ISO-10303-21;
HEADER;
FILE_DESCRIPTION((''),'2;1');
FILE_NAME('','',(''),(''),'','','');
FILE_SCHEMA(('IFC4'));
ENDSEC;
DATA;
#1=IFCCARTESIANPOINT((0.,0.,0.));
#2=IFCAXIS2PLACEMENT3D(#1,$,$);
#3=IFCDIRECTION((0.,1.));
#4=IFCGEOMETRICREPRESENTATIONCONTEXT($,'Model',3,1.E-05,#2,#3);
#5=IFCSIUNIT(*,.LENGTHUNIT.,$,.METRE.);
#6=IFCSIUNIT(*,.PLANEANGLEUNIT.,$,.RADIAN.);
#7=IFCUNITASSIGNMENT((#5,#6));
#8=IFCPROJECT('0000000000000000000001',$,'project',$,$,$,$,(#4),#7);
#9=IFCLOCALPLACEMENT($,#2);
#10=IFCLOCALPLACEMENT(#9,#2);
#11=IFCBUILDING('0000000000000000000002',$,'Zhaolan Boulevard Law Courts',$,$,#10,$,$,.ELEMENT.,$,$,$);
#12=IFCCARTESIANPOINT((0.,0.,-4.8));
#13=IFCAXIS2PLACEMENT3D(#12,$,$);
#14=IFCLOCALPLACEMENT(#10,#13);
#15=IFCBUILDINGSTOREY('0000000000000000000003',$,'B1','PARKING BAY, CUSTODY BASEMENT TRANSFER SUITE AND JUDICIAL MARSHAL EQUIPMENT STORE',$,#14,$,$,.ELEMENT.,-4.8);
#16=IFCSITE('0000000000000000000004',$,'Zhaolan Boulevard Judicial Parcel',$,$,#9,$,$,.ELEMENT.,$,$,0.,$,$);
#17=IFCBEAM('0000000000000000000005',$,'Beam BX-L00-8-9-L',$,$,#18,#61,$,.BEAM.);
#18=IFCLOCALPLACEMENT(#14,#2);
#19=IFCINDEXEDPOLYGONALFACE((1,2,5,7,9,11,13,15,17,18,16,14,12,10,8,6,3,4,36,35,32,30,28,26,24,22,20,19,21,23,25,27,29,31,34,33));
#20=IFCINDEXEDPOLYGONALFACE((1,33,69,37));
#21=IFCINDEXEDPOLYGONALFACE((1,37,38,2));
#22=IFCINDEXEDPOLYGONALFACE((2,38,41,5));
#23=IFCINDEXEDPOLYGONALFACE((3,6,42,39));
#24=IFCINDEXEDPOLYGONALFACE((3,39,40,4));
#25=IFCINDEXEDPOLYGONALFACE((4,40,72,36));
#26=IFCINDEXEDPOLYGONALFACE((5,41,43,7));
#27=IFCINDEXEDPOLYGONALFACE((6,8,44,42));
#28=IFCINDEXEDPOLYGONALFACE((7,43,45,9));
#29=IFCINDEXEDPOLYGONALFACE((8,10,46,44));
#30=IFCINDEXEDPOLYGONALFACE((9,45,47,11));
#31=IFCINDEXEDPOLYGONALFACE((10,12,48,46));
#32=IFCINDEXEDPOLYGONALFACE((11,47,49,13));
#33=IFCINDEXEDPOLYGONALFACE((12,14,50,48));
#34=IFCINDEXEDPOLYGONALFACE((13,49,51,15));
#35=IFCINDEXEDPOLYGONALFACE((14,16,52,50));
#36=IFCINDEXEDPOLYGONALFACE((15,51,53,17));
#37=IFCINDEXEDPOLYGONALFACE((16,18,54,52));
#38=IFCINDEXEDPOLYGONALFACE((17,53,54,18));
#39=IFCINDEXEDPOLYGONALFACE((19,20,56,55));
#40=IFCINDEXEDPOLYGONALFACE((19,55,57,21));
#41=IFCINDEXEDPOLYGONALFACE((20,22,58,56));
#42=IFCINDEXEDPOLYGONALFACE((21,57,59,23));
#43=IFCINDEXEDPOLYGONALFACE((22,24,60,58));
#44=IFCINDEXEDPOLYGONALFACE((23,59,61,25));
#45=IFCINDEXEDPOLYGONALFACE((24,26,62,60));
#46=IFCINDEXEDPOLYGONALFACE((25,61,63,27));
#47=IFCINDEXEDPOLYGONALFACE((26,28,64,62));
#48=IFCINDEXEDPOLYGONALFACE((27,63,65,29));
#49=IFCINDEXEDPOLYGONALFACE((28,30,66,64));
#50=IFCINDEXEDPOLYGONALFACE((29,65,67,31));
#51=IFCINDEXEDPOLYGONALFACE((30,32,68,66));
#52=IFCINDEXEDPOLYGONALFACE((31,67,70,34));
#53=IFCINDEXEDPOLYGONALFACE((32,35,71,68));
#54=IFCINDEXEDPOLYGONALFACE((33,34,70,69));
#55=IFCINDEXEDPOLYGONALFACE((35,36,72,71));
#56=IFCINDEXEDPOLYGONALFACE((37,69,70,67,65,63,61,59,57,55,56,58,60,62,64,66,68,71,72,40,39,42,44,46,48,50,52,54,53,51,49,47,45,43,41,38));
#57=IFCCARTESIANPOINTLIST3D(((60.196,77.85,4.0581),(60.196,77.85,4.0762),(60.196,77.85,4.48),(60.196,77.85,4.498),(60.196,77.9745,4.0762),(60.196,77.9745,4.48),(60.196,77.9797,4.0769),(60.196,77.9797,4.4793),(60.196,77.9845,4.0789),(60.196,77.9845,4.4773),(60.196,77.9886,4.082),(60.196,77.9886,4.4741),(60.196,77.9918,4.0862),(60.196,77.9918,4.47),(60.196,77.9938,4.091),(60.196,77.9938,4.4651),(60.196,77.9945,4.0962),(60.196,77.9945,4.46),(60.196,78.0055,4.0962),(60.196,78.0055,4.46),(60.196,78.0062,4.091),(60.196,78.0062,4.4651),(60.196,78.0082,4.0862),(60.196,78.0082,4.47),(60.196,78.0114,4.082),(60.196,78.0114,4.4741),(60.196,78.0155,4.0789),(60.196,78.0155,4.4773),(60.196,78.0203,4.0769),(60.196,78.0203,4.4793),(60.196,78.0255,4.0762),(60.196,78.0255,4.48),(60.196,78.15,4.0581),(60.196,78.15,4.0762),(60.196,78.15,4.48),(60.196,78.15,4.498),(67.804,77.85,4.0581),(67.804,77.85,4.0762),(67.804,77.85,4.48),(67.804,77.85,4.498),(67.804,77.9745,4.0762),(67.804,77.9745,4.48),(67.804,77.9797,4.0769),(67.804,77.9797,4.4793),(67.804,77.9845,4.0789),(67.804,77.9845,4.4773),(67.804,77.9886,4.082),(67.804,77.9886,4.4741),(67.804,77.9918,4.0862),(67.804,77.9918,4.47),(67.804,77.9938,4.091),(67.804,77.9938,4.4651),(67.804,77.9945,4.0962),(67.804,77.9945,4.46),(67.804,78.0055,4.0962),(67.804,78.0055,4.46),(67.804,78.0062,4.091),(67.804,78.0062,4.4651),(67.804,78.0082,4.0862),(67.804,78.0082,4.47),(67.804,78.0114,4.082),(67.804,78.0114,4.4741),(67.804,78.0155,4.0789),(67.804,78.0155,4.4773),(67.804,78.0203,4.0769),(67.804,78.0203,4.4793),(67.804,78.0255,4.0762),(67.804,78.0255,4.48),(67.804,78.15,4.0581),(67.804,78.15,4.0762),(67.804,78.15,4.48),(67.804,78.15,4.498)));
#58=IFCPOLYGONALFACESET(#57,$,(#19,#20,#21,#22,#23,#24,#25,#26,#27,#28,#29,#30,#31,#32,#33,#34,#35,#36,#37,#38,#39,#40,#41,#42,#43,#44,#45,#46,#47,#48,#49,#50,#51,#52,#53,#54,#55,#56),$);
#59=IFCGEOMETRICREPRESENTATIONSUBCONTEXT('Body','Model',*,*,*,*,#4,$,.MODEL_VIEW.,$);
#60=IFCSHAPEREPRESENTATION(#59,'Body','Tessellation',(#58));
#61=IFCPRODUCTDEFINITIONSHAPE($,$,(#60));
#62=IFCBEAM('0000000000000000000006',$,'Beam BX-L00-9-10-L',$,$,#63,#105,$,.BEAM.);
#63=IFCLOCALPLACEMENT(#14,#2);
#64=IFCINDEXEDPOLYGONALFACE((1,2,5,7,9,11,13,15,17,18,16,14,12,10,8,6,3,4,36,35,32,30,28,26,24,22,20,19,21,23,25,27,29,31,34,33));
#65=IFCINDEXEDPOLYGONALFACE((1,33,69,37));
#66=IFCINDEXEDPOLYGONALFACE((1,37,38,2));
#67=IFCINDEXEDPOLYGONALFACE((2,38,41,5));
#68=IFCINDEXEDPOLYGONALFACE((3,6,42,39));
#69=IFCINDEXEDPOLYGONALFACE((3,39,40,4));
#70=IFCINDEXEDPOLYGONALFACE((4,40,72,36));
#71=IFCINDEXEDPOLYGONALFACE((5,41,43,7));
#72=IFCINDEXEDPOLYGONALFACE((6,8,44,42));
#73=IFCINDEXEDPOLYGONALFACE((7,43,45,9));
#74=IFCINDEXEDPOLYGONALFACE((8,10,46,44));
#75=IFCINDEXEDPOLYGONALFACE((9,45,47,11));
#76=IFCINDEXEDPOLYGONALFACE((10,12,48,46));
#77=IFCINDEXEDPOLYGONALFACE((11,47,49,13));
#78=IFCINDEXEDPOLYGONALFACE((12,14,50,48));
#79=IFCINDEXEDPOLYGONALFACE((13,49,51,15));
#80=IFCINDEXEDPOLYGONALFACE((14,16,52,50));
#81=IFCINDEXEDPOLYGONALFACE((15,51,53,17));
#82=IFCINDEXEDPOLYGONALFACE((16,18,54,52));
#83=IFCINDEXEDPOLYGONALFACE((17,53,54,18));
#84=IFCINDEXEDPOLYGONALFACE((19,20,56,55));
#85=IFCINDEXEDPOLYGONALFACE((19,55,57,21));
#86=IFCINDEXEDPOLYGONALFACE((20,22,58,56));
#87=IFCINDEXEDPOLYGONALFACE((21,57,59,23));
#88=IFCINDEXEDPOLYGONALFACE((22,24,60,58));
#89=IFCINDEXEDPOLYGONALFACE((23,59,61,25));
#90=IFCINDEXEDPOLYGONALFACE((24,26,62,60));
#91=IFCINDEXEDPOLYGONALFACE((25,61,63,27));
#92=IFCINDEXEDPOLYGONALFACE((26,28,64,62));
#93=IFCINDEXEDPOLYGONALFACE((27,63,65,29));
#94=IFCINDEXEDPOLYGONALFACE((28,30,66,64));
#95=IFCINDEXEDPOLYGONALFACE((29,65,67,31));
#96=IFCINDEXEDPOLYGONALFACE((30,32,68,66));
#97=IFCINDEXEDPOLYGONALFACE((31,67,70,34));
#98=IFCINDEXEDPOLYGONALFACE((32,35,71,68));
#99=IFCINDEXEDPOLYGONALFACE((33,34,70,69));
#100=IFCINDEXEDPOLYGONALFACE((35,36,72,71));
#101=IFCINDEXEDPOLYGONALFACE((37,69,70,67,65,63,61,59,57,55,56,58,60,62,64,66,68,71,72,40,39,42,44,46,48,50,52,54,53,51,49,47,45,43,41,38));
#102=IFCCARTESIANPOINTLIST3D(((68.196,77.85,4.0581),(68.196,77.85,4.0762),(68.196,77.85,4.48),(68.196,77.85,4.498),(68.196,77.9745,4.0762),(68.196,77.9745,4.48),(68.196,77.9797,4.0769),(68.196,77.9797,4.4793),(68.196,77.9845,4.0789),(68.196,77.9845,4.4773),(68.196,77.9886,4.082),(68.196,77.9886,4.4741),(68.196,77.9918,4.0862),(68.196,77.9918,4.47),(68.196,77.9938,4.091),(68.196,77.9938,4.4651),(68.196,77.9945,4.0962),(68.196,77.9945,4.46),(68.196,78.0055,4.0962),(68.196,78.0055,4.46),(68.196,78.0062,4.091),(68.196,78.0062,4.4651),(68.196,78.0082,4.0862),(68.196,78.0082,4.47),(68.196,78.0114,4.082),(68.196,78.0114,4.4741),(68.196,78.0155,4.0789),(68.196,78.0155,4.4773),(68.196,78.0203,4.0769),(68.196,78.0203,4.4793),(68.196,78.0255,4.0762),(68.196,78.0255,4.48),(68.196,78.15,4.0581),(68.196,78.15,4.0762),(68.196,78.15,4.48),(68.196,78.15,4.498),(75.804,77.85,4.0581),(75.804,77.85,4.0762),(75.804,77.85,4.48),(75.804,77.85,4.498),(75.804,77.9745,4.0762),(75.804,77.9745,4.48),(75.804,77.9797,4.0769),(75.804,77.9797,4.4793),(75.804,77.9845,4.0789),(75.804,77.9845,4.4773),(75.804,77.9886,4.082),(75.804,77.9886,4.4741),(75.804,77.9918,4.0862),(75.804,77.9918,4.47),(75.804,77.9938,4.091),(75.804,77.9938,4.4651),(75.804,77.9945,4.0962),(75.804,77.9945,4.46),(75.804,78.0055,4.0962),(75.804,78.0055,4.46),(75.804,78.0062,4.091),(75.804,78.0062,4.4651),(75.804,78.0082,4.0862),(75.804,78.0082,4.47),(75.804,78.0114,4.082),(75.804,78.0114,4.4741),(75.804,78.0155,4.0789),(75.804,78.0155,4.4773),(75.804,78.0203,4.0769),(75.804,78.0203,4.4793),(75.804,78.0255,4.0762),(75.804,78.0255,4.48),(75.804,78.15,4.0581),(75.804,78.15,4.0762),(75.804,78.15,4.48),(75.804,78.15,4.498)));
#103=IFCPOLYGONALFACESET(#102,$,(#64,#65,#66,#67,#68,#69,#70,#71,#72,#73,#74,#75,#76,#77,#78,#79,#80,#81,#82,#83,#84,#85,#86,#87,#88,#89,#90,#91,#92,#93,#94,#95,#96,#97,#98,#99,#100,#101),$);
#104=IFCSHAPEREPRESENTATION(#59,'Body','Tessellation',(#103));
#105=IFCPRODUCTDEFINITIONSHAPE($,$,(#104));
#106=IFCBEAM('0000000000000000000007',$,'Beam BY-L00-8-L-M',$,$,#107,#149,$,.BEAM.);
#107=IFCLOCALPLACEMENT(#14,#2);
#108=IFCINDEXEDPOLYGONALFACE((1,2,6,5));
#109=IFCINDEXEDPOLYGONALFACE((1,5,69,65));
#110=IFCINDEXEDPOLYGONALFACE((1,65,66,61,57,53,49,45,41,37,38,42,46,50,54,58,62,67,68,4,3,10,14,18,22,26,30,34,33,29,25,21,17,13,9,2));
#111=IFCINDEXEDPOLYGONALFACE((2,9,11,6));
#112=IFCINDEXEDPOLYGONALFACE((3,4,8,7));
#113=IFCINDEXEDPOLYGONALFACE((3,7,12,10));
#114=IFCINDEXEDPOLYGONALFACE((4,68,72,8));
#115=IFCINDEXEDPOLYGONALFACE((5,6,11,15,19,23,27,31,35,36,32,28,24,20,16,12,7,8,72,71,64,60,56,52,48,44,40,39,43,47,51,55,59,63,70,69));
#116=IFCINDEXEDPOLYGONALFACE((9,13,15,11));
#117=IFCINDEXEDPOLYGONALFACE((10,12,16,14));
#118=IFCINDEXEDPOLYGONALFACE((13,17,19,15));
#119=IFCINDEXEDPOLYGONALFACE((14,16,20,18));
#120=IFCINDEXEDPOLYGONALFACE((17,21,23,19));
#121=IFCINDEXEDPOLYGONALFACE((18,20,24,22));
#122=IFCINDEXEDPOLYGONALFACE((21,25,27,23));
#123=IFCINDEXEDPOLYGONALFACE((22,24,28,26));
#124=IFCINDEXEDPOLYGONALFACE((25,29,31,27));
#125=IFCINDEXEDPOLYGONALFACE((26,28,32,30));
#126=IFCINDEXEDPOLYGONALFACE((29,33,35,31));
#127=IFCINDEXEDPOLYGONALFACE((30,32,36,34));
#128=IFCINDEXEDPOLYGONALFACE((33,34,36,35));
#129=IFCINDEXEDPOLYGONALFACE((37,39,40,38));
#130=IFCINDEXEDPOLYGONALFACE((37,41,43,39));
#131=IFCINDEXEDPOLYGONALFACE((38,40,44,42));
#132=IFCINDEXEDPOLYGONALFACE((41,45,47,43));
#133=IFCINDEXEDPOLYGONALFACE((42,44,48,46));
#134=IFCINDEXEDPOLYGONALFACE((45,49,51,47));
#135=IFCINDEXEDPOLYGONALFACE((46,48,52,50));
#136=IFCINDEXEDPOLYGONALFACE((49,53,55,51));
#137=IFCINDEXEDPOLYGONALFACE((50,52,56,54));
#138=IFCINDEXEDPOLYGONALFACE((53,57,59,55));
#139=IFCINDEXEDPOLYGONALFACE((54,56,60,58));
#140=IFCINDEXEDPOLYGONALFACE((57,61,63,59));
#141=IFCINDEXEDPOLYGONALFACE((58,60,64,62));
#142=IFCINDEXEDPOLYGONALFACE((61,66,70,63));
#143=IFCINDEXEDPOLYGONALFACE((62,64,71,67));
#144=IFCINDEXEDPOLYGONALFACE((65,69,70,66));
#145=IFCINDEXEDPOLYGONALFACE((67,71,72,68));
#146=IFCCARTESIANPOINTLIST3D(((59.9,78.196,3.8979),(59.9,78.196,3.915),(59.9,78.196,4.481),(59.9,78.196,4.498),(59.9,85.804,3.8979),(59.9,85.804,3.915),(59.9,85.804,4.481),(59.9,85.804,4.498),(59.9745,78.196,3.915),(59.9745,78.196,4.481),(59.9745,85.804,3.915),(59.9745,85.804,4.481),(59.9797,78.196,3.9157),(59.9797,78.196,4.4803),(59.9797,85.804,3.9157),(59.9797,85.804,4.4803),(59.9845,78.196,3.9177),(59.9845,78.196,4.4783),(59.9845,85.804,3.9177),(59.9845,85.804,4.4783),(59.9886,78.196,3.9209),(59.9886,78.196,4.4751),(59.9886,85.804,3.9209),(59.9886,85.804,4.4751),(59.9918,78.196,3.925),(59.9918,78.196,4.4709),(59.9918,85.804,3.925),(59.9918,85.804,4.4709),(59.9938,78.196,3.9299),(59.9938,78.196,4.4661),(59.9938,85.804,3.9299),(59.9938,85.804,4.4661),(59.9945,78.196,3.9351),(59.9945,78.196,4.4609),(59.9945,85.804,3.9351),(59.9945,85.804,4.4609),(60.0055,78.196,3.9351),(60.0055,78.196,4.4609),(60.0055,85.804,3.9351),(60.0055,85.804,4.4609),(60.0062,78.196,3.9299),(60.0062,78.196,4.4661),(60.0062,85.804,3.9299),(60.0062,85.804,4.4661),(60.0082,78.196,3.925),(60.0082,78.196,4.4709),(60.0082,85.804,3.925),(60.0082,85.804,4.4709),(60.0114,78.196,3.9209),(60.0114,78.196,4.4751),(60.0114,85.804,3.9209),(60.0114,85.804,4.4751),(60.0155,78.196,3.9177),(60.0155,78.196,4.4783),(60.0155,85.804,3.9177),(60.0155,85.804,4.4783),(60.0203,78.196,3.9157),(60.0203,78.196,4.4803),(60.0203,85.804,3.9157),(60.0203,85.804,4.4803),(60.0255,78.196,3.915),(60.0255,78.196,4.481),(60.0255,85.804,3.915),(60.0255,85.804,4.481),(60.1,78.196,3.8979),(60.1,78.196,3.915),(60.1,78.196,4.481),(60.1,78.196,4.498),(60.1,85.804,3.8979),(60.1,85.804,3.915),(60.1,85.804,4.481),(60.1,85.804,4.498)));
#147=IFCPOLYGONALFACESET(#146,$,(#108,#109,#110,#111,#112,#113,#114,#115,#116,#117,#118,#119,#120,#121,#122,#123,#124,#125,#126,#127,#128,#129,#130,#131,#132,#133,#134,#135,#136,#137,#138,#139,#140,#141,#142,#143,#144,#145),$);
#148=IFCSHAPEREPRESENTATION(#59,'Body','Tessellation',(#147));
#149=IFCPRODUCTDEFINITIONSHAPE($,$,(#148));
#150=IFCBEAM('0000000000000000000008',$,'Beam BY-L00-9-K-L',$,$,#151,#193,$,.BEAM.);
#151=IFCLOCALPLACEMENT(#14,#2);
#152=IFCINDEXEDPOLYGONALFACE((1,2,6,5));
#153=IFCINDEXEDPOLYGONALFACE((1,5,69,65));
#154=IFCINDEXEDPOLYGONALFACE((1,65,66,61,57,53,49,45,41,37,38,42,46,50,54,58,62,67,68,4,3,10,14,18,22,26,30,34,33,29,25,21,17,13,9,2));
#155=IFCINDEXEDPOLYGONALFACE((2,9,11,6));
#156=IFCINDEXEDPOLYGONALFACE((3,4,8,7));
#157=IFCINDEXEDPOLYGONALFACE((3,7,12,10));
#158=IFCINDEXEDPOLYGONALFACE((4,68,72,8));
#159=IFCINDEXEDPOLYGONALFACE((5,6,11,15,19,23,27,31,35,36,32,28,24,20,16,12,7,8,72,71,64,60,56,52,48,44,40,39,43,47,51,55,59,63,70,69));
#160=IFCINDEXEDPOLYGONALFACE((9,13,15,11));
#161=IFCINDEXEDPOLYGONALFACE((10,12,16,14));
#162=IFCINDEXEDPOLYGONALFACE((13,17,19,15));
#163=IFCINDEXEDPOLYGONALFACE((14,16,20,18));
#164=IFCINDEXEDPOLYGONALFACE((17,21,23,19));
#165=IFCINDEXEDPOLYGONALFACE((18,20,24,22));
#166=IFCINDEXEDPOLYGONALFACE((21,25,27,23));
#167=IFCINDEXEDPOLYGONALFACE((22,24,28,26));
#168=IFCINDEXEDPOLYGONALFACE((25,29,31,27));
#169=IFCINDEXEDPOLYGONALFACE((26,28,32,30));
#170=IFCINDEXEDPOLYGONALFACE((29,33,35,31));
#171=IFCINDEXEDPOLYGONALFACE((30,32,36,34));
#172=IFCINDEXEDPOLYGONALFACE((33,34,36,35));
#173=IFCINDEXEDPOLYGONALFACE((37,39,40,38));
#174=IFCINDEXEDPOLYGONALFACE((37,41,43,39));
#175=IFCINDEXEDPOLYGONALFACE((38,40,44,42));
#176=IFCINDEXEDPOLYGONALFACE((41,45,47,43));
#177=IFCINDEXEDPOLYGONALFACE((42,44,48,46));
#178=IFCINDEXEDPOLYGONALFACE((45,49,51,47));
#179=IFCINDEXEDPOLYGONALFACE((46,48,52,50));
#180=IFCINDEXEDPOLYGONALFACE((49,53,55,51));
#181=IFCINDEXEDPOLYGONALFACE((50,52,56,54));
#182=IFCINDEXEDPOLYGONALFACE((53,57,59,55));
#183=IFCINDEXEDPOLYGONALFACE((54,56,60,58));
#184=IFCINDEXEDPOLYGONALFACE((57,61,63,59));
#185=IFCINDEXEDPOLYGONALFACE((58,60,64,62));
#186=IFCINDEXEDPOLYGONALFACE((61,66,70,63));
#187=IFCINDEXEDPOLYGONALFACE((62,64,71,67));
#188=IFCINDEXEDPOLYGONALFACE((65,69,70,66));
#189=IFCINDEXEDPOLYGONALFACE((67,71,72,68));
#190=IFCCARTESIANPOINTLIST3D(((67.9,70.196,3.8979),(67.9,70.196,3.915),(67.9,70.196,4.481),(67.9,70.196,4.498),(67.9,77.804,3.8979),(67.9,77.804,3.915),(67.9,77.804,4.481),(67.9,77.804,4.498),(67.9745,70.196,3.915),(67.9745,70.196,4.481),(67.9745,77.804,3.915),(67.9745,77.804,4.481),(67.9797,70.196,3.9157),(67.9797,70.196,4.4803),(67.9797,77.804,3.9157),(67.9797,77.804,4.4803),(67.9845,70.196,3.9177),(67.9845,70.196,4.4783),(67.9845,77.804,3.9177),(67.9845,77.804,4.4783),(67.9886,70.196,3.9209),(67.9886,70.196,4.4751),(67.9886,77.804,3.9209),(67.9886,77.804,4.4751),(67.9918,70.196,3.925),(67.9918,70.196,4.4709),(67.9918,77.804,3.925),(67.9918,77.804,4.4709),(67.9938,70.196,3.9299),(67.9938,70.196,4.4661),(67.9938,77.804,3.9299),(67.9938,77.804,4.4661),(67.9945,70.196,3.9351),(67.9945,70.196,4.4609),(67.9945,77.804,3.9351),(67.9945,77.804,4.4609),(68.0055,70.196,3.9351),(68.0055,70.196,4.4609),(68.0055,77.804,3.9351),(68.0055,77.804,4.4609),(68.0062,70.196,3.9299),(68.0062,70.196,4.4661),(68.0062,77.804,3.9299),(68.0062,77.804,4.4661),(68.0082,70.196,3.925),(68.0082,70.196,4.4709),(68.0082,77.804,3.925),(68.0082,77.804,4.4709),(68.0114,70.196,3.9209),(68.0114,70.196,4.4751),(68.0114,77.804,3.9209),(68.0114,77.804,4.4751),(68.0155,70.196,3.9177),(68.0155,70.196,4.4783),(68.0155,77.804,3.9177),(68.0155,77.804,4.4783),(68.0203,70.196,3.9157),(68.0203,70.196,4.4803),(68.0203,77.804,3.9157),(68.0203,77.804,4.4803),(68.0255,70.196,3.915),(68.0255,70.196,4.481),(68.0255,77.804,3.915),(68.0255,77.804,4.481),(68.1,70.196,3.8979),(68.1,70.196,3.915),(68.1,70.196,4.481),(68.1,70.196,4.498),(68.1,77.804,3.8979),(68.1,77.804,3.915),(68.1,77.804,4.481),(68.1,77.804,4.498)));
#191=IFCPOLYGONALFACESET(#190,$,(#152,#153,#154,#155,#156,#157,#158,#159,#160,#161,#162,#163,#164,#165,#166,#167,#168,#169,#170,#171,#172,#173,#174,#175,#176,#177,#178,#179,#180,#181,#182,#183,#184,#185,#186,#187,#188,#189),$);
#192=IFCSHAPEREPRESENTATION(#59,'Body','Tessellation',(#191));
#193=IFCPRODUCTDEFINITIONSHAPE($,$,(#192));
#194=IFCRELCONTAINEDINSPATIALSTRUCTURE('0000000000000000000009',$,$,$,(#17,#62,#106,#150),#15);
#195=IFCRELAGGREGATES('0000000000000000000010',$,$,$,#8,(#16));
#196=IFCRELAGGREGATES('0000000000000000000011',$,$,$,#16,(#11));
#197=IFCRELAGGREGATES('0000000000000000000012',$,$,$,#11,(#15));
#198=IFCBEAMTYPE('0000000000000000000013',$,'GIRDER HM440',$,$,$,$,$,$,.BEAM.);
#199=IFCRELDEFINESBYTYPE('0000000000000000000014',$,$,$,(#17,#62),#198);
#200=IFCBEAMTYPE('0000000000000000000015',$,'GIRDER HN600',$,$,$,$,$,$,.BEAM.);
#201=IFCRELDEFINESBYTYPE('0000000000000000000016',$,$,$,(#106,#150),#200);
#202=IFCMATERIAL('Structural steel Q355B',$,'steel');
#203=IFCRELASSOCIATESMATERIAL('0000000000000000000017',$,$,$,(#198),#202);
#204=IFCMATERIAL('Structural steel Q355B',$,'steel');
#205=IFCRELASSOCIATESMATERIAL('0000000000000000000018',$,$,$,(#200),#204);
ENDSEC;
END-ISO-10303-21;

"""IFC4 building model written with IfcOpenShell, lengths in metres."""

from ifc_helpers import new_model, si_unit, direction, frame, origin, origin_2d, place, context, subcontext, project, spatial, i_section, extrude, material, material_profile, profile_set, type_object, element, save


model = new_model("IFC4")

# Units and contexts
model_context = context("Model", 3, precision=1e-05, world=origin(), true_north=direction((0.0, 1.0)))
body_context = subcontext(model_context, "Body", "Model", "MODEL_VIEW")
ifc_project = project(units=[si_unit("LENGTHUNIT", "METRE"), si_unit("PLANEANGLEUNIT", "RADIAN")], contexts=[model_context])

# Site, building, storey
site_placement = place(None, origin())
site = spatial("IfcSite", under=ifc_project, at=site_placement, Name="Zhaolan Boulevard Judicial Parcel", CompositionType="ELEMENT", RefElevation=0.0)
building_placement = place(site_placement, origin())
building = spatial("IfcBuilding", under=site, at=building_placement, Name="Zhaolan Boulevard Law Courts", CompositionType="ELEMENT")
storey_placement = place(building_placement, frame((0.0, 0.0, -4.8)))
storey = spatial("IfcBuildingStorey", under=building, at=storey_placement, Name="B1", Description="PARKING BAY, CUSTODY BASEMENT TRANSFER SUITE AND JUDICIAL MARSHAL EQUIPMENT STORE", CompositionType="ELEMENT", Elevation=-4.8)

# Beams
ifc_material_1 = material(Name="Structural steel Q355B", Category="steel")
ifc_material_profile_1 = material_profile(ifc_material_1, i_section(OverallWidth=0.3, OverallDepth=0.4399, WebThickness=0.011, FlangeThickness=0.0181, FilletRadius=0.02, at=origin_2d()), Name="HM440x300")
ifc_profile_set_1 = profile_set([ifc_material_profile_1], Name="Structural steel Q355B")
beam_type_1 = type_object("IfcBeamType", Name="GIRDER HM440", PredefinedType="BEAM", material=ifc_profile_set_1)
for number, where, z_axis, x_axis, name in (
    (1, (60.196, 78.0, 4.2781), (1.0, 0.0, 0.0), (0.0, 1.0, 0.0), "Beam BX-L00-8-9-L"),
    (2, (68.196, 78.0, 4.2781), (1.0, 0.0, 0.0), (0.0, 1.0, 0.0), "Beam BX-L00-9-10-L"),
):
    element("IfcBeam", number, at=place(storey_placement, frame(where, z_axis=z_axis, x_axis=x_axis)), inside=storey, type_object=beam_type_1, Name=name, PredefinedType="BEAM", context=body_context, shape_type="SweptSolid", body=[
        extrude(i_section(OverallWidth=0.3, OverallDepth=0.4399, WebThickness=0.011, FlangeThickness=0.0181, FilletRadius=0.02, at=origin_2d()), origin(), (0.0, 0.0, 1.0), 7.6079),
    ])
ifc_material_2 = material(Name="Structural steel Q355B", Category="steel")
ifc_material_profile_2 = material_profile(ifc_material_2, i_section(OverallWidth=0.2, OverallDepth=0.6001, WebThickness=0.011, FlangeThickness=0.0171, FilletRadius=0.02, at=origin_2d()), Name="HN600x200")
ifc_profile_set_2 = profile_set([ifc_material_profile_2], Name="Structural steel Q355B")
beam_type_2 = type_object("IfcBeamType", Name="GIRDER HN600", PredefinedType="BEAM", material=ifc_profile_set_2)
for number, where, z_axis, x_axis, name in (
    (3, (60.0, 78.196, 4.198), (0.0, 1.0, 0.0), (-1.0, 0.0, 0.0), "Beam BY-L00-8-L-M"),
    (4, (68.0, 70.196, 4.198), (0.0, 1.0, 0.0), (-1.0, 0.0, 0.0), "Beam BY-L00-9-K-L"),
):
    element("IfcBeam", number, at=place(storey_placement, frame(where, z_axis=z_axis, x_axis=x_axis)), inside=storey, type_object=beam_type_2, Name=name, PredefinedType="BEAM", context=body_context, shape_type="SweptSolid", body=[
        extrude(i_section(OverallWidth=0.2, OverallDepth=0.6001, WebThickness=0.011, FlangeThickness=0.0171, FilletRadius=0.02, at=origin_2d()), origin(), (0.0, 0.0, 1.0), 7.6079),
    ])

save(model, "model.ifc")
